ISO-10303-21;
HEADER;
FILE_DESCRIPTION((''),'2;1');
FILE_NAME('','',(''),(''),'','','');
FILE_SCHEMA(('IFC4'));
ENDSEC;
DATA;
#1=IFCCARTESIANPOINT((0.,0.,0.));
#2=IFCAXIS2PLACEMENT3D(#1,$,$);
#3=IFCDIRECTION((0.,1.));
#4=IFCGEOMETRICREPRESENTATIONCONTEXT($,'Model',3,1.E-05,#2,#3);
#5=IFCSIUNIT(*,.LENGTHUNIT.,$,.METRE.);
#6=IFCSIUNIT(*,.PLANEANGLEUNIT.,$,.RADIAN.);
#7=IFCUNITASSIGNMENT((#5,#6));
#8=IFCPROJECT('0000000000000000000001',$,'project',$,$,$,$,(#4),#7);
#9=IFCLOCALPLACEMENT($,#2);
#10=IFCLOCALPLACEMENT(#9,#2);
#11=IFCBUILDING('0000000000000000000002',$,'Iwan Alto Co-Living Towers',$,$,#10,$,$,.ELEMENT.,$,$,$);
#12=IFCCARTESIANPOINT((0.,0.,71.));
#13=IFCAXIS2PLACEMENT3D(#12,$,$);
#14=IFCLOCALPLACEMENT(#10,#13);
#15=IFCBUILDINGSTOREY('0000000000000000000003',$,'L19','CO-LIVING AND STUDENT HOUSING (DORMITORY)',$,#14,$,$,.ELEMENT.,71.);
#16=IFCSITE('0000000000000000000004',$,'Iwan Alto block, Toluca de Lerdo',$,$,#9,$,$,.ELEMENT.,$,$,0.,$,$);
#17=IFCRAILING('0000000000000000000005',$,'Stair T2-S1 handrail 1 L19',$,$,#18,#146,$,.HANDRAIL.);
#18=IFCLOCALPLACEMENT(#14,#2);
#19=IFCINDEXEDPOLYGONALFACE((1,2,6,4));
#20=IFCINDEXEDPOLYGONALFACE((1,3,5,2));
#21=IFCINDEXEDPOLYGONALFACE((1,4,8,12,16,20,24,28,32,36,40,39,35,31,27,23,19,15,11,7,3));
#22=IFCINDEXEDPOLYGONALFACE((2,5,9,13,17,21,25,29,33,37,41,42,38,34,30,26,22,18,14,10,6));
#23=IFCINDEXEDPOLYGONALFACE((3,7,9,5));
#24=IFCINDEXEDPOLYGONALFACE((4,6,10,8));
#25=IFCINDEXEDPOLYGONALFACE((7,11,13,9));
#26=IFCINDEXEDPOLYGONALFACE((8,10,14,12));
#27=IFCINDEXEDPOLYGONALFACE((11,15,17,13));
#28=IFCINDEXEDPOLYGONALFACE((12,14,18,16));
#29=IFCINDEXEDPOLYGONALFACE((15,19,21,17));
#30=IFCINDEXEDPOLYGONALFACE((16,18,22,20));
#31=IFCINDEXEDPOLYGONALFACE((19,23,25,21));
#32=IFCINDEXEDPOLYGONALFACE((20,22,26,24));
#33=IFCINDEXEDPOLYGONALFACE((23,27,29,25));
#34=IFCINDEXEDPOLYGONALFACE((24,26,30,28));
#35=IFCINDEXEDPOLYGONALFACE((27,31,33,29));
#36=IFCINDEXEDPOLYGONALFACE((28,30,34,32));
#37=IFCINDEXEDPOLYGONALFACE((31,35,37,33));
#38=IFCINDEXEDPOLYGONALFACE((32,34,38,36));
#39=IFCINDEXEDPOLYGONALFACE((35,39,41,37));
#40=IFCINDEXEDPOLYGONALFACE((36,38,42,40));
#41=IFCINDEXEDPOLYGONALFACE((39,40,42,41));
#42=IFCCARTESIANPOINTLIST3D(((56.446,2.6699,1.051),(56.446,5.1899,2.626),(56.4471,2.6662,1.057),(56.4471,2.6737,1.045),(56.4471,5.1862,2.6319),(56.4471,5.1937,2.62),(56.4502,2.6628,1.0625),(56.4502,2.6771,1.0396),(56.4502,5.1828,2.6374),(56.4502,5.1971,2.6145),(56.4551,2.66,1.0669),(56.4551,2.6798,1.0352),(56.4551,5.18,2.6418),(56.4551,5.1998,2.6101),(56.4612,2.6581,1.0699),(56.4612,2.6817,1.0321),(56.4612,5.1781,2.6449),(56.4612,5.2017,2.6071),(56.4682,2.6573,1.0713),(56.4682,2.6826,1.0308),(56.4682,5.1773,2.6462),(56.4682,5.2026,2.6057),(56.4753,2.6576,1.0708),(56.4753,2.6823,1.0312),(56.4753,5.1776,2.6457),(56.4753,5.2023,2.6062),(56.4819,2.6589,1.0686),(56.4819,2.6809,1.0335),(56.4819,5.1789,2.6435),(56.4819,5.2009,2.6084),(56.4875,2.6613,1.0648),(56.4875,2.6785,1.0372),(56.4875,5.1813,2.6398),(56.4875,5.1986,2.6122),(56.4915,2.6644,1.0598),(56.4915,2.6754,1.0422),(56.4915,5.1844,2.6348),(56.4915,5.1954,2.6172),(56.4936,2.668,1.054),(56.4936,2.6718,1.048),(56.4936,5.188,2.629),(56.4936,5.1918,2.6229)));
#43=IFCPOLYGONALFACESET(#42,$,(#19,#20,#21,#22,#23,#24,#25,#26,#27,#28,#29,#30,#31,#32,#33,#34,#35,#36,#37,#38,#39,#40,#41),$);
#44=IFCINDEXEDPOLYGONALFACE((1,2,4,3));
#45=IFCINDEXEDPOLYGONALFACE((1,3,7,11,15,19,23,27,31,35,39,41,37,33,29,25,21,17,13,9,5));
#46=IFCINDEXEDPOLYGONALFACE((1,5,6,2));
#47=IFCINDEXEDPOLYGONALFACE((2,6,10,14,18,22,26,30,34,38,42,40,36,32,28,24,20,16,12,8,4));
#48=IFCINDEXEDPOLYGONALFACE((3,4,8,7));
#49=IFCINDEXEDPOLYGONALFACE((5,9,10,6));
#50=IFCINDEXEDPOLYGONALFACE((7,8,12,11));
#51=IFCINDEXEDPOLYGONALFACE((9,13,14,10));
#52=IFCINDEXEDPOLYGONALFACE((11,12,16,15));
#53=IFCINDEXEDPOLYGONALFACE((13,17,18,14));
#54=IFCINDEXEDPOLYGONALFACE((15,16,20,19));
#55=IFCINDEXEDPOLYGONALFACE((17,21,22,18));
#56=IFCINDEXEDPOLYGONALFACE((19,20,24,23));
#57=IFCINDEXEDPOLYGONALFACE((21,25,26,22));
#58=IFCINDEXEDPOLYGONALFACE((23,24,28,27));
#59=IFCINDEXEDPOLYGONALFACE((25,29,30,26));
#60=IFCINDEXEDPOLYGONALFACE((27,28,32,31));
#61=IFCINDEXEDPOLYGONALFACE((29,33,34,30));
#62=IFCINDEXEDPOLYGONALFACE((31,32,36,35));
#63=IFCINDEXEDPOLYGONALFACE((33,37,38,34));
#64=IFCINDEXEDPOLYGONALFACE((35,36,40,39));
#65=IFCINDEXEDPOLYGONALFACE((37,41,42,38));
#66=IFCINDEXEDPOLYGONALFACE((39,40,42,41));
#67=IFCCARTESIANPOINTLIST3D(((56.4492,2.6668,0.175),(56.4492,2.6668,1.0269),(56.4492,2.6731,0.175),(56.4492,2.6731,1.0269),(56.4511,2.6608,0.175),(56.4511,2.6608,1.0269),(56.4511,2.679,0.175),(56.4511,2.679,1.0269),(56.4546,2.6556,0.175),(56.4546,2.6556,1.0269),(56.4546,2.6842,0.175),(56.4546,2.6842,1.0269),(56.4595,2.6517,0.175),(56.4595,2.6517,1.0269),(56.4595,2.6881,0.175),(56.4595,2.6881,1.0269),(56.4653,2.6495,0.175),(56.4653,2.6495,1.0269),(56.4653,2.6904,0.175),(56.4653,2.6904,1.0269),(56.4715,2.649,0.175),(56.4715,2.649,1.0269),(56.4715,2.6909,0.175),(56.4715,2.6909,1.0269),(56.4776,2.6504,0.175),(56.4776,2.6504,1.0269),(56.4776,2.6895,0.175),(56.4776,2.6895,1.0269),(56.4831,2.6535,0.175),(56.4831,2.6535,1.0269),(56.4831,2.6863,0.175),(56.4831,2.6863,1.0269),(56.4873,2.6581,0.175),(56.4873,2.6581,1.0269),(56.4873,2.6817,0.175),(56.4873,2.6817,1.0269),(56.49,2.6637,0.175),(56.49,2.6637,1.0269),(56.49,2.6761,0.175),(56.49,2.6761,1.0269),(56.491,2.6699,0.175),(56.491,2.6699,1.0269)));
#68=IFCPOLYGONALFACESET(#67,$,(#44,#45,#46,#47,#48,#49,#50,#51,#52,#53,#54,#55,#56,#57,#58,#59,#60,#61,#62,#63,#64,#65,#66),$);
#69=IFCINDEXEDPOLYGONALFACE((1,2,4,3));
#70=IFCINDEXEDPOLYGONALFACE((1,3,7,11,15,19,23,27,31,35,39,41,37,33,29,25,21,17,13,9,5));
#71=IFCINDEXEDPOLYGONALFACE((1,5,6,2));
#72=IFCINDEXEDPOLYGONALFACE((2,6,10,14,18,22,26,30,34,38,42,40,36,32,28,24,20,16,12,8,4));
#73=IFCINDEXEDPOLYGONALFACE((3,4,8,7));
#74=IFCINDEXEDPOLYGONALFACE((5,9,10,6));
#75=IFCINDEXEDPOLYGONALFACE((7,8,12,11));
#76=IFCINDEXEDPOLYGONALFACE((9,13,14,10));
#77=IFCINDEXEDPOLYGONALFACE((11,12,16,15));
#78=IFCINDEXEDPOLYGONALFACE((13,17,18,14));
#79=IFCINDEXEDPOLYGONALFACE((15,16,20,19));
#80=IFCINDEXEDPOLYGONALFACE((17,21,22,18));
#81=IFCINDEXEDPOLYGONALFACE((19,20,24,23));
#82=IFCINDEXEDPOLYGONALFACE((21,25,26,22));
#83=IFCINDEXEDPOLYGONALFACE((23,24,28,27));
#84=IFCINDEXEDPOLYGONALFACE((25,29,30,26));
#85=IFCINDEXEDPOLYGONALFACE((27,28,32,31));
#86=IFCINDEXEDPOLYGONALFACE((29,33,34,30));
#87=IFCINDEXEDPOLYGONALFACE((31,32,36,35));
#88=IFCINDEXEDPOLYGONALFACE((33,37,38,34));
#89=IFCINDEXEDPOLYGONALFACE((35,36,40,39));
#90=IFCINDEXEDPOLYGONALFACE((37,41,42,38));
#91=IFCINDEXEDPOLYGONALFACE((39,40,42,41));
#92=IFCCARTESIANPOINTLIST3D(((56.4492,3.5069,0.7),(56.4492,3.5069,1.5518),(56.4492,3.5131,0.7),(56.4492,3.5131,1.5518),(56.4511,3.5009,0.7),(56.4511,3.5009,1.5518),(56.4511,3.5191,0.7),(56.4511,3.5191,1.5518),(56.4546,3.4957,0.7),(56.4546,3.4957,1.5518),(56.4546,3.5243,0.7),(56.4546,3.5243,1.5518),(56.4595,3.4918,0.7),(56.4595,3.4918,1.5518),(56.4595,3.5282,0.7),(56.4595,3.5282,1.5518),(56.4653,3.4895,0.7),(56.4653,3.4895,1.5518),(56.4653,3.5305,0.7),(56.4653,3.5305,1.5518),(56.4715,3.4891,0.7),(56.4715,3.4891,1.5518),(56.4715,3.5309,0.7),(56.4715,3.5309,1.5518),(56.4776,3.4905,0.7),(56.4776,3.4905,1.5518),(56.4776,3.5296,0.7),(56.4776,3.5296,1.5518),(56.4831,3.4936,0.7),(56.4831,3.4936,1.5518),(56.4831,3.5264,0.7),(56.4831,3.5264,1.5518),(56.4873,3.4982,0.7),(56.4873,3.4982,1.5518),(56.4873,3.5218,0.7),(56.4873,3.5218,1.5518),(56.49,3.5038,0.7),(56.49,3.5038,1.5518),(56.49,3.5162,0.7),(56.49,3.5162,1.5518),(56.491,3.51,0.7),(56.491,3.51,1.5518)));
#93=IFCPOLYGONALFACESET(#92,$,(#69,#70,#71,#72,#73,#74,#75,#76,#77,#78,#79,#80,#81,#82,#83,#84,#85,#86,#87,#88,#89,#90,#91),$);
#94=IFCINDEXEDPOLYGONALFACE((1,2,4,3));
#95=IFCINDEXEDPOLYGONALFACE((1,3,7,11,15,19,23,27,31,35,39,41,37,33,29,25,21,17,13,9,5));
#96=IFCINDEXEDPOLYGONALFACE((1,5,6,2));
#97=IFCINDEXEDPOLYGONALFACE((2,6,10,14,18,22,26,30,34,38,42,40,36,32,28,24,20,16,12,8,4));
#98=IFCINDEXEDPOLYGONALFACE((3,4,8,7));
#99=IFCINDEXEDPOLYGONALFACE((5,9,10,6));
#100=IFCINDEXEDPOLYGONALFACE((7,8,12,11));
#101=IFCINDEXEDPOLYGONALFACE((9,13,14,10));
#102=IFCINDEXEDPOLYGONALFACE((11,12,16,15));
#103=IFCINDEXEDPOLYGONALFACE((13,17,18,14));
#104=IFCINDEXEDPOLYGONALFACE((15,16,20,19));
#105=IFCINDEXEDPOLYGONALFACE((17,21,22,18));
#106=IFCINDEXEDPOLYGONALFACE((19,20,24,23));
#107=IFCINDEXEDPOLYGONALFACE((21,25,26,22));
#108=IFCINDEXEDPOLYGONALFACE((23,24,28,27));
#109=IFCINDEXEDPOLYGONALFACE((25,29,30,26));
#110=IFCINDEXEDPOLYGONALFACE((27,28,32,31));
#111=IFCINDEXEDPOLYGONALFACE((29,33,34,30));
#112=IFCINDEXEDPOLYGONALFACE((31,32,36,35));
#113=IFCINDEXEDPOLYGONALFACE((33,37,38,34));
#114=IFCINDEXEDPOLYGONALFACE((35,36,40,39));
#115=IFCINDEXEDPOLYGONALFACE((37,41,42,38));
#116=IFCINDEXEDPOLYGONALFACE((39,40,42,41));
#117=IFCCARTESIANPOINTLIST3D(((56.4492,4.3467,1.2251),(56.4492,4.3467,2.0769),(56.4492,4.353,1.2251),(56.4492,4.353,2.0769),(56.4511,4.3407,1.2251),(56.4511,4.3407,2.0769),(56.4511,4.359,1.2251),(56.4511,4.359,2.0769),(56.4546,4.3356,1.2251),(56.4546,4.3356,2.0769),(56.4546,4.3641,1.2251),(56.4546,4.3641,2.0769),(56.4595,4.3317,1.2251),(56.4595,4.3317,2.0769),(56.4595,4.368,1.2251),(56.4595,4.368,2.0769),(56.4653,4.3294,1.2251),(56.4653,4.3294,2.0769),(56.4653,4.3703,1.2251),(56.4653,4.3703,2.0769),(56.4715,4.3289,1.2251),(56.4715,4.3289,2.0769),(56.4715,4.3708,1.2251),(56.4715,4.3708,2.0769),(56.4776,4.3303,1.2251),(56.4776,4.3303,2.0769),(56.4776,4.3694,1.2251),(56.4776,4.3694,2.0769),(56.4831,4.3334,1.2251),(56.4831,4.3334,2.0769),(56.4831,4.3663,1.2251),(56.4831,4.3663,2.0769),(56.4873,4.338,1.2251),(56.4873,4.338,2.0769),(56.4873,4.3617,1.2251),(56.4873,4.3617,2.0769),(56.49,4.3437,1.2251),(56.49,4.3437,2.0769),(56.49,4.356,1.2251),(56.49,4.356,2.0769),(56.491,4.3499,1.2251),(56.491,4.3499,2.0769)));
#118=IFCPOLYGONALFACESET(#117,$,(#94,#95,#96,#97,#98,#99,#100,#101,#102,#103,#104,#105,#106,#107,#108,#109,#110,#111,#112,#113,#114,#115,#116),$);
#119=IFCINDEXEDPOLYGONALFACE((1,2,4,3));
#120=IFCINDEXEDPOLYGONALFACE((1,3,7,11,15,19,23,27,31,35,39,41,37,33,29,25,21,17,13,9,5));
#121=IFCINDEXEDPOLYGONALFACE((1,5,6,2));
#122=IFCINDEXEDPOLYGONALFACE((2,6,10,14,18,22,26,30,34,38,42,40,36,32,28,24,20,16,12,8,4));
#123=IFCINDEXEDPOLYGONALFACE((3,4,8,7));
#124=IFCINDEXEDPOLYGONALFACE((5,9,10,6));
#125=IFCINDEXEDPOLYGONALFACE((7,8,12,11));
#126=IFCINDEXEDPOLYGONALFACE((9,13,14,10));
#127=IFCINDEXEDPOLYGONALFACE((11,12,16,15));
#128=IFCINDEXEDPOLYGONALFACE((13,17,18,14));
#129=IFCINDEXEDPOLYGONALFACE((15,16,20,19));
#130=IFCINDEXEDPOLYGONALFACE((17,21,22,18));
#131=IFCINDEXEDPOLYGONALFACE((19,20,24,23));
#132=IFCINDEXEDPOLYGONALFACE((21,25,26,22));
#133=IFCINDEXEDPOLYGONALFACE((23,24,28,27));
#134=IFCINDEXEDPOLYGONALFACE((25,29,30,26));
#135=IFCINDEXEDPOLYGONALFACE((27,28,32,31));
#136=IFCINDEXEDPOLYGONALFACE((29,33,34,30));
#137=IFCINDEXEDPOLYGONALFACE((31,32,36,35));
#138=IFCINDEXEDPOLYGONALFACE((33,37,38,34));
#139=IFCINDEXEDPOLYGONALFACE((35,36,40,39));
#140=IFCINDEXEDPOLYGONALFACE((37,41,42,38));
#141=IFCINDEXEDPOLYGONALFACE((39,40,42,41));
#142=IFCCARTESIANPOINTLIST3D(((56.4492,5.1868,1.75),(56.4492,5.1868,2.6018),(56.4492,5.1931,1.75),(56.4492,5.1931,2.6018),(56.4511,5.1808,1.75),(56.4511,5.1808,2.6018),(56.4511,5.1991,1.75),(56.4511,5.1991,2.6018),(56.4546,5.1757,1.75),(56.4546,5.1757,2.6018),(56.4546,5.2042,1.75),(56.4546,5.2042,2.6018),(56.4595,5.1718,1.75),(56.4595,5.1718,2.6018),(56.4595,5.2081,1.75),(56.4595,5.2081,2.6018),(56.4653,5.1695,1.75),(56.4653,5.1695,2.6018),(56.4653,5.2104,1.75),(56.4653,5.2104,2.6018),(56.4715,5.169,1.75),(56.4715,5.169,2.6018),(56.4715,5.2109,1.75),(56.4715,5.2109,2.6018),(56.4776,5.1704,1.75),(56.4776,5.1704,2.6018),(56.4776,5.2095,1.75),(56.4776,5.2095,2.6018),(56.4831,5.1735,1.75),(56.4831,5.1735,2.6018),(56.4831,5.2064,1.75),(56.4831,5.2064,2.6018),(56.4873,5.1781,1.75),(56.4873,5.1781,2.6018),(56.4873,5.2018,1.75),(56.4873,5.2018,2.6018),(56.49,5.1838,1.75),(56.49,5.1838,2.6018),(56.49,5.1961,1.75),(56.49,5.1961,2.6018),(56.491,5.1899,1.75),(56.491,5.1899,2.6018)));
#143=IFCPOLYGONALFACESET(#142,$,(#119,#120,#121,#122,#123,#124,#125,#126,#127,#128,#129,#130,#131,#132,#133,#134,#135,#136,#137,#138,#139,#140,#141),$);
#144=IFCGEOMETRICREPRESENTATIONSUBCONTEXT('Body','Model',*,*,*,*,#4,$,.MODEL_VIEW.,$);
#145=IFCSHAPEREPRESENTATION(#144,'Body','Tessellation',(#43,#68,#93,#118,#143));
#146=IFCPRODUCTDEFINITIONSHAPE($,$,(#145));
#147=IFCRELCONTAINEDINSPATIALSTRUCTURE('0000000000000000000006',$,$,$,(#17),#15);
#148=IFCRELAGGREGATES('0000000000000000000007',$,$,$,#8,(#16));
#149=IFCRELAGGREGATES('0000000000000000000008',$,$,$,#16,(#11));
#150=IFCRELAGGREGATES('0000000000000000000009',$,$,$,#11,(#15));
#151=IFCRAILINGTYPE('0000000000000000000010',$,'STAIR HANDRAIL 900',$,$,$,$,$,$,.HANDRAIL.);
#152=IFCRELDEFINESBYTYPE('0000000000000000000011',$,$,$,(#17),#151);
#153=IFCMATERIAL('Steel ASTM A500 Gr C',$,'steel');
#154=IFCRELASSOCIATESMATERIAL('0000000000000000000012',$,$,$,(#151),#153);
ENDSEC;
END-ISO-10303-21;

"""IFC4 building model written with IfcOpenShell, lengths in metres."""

from ifc_helpers import new_model, si_unit, direction, frame, origin, origin_2d, place, context, subcontext, project, spatial, circle, extrude, material, type_object, element, save


model = new_model("IFC4")

# Units and contexts
model_context = context("Model", 3, precision=1e-05, world=origin(), true_north=direction((0.0, 1.0)))
body_context = subcontext(model_context, "Body", "Model", "MODEL_VIEW")
ifc_project = project(units=[si_unit("LENGTHUNIT", "METRE"), si_unit("PLANEANGLEUNIT", "RADIAN")], contexts=[model_context])

# Site, building, storey
site_placement = place(None, origin())
site = spatial("IfcSite", under=ifc_project, at=site_placement, Name="Iwan Alto block, Toluca de Lerdo", CompositionType="ELEMENT", RefElevation=0.0)
building_placement = place(site_placement, origin())
building = spatial("IfcBuilding", under=site, at=building_placement, Name="Iwan Alto Co-Living Towers", CompositionType="ELEMENT")
storey_placement = place(building_placement, frame((0.0, 0.0, 71.0)))
storey = spatial("IfcBuildingStorey", under=building, at=storey_placement, Name="L19", Description="CO-LIVING AND STUDENT HOUSING (DORMITORY)", CompositionType="ELEMENT", Elevation=71.0)

# Railing
ifc_material_1 = material(Name="Steel ASTM A500 Gr C", Category="steel")
railing_type_1 = type_object("IfcRailingType", Name="STAIR HANDRAIL 900", PredefinedType="HANDRAIL", material=ifc_material_1)
railing_1_placement = place(storey_placement, frame((56.47, 2.6699, 0.175)))
element("IfcRailing", 1, at=railing_1_placement, inside=storey, type_object=railing_type_1, Name="Stair T2-S1 handrail 1 L19", PredefinedType="HANDRAIL", context=body_context, shape_type="SweptSolid", body=[
    extrude(circle(Radius=0.0239, at=origin_2d()), frame((0.0, 0.0, 0.876), z_axis=(0.0, 0.848008, 0.529984), x_axis=(-1.0, 0.0, 0.0)), (0.0, 0.0, 1.0), 2.9717),
    extrude(circle(Radius=0.021, at=origin_2d()), origin(), (0.0, 0.0, 1.0), 0.8518),
    extrude(circle(Radius=0.021, at=origin_2d()), frame((0.0, 0.8401, 0.5249)), (0.0, 0.0, 1.0), 0.8518),
    extrude(circle(Radius=0.021, at=origin_2d()), frame((0.0, 1.6799, 1.05)), (0.0, 0.0, 1.0), 0.8518),
    extrude(circle(Radius=0.021, at=origin_2d()), frame((0.0, 2.52, 1.575)), (0.0, 0.0, 1.0), 0.8518),
])

save(model, "model.ifc")
